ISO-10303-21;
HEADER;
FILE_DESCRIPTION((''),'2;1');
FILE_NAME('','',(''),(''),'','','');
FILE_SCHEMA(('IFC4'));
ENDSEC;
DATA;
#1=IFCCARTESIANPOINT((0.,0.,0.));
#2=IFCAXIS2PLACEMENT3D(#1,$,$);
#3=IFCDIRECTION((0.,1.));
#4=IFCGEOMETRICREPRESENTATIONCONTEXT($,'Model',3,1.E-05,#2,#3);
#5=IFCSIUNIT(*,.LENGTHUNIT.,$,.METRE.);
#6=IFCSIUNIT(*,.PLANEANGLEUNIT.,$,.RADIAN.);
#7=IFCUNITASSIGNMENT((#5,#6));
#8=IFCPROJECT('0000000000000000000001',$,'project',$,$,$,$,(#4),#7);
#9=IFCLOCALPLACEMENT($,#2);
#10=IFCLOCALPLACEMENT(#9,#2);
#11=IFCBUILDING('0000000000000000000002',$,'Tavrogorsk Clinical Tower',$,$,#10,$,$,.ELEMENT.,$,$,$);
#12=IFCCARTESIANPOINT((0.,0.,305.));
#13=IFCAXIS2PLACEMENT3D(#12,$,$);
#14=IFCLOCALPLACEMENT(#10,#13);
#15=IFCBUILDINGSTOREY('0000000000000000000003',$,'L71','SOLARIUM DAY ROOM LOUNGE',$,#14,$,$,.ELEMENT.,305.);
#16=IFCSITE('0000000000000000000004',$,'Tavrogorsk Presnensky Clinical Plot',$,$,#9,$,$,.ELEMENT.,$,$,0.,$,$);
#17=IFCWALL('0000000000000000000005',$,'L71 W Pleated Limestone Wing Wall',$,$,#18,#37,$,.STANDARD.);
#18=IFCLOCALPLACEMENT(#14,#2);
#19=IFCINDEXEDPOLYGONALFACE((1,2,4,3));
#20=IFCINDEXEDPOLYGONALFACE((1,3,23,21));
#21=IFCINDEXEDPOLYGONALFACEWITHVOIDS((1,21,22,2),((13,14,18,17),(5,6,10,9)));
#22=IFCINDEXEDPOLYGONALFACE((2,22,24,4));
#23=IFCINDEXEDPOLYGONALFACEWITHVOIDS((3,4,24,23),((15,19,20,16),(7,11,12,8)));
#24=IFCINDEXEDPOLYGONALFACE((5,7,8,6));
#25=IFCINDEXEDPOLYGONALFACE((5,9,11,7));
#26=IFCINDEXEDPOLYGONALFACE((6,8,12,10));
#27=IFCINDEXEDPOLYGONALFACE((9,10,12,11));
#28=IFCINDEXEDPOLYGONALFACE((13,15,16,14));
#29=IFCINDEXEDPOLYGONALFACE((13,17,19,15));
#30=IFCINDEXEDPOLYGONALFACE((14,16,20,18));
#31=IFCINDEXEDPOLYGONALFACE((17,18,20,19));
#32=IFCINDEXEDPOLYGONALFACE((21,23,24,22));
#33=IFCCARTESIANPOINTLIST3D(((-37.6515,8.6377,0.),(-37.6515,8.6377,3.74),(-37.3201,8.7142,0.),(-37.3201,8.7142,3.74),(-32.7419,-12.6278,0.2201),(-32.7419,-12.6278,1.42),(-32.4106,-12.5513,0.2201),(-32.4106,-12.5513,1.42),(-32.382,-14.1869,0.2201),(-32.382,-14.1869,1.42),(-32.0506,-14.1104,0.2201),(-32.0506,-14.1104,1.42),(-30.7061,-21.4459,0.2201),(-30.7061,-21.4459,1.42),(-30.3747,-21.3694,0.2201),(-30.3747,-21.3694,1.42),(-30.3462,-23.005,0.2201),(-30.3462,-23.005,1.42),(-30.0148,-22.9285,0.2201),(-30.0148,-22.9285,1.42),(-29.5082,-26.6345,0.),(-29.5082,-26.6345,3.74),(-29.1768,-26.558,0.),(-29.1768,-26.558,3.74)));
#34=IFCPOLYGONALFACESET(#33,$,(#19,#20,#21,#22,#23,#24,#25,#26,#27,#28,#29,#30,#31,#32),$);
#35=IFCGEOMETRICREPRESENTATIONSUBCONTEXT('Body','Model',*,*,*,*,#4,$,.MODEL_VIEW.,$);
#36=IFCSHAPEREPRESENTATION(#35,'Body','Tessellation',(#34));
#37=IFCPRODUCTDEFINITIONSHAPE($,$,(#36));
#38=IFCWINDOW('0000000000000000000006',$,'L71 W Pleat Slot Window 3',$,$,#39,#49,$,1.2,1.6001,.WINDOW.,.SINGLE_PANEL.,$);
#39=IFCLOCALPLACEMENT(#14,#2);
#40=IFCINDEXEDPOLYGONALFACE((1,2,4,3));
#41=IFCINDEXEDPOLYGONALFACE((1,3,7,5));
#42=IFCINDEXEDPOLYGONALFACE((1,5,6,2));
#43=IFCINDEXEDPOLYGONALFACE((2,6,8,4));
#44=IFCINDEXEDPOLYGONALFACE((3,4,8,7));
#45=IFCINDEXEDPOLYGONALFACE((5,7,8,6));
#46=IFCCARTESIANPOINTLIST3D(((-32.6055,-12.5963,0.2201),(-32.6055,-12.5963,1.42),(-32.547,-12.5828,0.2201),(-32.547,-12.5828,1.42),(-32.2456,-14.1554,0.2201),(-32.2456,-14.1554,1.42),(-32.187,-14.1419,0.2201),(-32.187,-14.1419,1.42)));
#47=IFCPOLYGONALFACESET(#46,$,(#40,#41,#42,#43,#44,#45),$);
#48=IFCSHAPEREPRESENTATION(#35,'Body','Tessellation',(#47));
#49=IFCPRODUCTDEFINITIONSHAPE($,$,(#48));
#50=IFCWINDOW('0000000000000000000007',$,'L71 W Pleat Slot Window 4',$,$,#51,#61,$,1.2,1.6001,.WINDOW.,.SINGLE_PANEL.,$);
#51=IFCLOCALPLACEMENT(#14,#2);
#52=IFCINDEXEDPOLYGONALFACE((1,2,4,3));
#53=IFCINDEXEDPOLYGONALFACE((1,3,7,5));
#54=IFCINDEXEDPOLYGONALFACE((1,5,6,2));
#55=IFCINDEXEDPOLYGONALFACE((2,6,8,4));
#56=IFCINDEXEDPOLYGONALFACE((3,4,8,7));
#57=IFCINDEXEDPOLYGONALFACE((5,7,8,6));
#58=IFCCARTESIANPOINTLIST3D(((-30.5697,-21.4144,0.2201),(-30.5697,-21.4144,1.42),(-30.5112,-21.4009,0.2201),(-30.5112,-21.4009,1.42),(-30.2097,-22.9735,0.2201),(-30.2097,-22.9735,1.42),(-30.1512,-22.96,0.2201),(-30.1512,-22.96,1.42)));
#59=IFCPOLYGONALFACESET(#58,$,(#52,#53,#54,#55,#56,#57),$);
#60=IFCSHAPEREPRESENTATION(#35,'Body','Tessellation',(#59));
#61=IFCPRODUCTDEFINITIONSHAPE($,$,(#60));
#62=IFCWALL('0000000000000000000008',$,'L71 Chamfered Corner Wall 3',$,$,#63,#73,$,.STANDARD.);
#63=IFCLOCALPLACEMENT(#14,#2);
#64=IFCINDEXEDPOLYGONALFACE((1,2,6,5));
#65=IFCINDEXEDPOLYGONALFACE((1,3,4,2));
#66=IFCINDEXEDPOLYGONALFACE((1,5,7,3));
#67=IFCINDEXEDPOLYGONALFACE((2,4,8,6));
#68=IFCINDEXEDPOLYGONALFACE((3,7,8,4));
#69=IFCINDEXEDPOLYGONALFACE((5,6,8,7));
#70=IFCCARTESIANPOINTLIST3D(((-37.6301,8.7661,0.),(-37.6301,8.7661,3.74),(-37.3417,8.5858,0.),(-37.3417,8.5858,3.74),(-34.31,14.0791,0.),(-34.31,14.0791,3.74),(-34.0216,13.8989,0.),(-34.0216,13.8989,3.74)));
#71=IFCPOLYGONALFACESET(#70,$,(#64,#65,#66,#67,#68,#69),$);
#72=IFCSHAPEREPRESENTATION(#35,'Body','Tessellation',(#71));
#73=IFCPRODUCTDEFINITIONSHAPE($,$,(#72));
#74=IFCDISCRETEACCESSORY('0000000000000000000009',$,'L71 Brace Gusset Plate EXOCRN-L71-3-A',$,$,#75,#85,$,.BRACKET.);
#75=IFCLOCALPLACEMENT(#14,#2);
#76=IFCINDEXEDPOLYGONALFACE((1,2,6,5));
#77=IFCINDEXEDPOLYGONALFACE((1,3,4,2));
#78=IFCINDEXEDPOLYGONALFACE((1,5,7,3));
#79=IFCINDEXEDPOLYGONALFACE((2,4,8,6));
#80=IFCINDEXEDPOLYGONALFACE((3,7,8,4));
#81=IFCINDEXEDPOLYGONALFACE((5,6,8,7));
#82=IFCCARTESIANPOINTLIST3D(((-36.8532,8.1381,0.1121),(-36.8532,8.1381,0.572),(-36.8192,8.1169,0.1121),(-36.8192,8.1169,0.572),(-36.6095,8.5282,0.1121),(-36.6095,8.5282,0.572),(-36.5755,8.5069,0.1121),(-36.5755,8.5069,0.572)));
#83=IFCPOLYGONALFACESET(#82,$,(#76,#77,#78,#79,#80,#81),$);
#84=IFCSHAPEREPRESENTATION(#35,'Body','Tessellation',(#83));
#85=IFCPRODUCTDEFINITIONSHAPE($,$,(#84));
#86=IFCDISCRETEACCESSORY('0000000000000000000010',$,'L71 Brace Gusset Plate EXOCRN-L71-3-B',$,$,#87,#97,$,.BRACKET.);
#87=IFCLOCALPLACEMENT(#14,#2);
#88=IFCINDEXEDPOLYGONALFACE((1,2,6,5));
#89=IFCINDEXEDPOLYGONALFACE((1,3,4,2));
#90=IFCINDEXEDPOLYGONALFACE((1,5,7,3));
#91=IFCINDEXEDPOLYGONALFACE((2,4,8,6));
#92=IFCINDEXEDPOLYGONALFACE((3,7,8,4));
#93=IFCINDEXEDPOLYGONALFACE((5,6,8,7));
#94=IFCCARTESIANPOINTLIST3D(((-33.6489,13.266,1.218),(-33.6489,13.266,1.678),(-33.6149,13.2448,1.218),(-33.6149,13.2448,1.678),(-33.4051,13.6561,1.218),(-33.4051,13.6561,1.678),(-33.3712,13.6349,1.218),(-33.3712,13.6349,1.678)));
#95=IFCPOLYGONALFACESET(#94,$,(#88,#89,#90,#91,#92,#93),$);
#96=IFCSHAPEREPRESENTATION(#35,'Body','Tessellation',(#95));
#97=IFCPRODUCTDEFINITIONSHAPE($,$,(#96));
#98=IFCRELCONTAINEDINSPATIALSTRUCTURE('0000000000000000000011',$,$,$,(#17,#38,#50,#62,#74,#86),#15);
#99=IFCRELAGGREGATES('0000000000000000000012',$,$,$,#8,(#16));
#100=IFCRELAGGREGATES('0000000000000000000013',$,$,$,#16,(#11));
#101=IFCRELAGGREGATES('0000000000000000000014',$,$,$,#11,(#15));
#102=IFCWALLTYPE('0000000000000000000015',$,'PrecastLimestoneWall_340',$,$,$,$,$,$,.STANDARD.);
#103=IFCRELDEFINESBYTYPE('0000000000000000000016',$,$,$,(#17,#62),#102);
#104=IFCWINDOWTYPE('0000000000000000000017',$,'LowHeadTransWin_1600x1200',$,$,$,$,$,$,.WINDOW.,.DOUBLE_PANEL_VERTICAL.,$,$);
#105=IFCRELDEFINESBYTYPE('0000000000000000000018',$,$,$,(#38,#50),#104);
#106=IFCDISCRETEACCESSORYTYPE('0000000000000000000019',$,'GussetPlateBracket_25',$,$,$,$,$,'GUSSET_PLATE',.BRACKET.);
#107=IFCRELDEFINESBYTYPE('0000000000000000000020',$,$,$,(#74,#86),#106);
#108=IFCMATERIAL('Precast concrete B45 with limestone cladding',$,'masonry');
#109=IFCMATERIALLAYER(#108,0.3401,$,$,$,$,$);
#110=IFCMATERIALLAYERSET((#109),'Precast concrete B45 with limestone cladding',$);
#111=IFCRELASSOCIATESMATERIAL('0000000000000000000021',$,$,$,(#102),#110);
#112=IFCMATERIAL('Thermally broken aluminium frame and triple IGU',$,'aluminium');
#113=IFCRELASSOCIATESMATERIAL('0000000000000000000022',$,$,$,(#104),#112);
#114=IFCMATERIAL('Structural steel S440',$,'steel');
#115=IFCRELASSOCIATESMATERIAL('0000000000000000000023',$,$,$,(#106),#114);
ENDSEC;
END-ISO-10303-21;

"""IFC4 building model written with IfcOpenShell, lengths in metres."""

from ifc_helpers import new_model, si_unit, direction, frame, frame_2d, origin, origin_2d, place, context, subcontext, project, spatial, rectangle, extrude, material, layer, layer_set, type_object, element, fill, save


model = new_model("IFC4")

# Units and contexts
model_context = context("Model", 3, precision=1e-05, world=origin(), true_north=direction((0.0, 1.0)))
body_context = subcontext(model_context, "Body", "Model", "MODEL_VIEW")
ifc_project = project(units=[si_unit("LENGTHUNIT", "METRE"), si_unit("PLANEANGLEUNIT", "RADIAN")], contexts=[model_context])

# Site, building, storey
site_placement = place(None, origin())
site = spatial("IfcSite", under=ifc_project, at=site_placement, Name="Tavrogorsk Presnensky Clinical Plot", CompositionType="ELEMENT", RefElevation=0.0)
building_placement = place(site_placement, origin())
building = spatial("IfcBuilding", under=site, at=building_placement, Name="Tavrogorsk Clinical Tower", CompositionType="ELEMENT")
storey_placement = place(building_placement, frame((0.0, 0.0, 305.0)))
storey = spatial("IfcBuildingStorey", under=building, at=storey_placement, Name="L71", Description="SOLARIUM DAY ROOM LOUNGE", CompositionType="ELEMENT", Elevation=305.0)

# Wall, openings, windows
ifc_material_1 = material(Name="Precast concrete B45 with limestone cladding", Category="masonry")
ifc_layer_1 = layer(ifc_material_1, 0.3401)
ifc_layer_set_1 = layer_set([ifc_layer_1], Name="Precast concrete B45 with limestone cladding")
wall_type_1 = type_object("IfcWallType", Name="PrecastLimestoneWall_340", PredefinedType="STANDARD", material=ifc_layer_set_1)
wall_1_placement = place(storey_placement, frame((-37.4858, 8.676, 0.0), z_axis=(0.0, 0.0, 1.0), x_axis=(0.224953, -0.97437, 0.0)))
wall_1 = element("IfcWall", 1, at=wall_1_placement, inside=storey, type_object=wall_type_1, Name="L71 W Pleated Limestone Wing Wall", PredefinedType="STANDARD", context=body_context, shape_type="SweptSolid", body=[
    extrude(rectangle(XDim=36.2, YDim=0.3401, at=frame_2d((18.1001, 0.0))), origin(), (0.0, 0.0, 1.0), 3.74),
])
opening_1_placement = place(wall_1_placement, frame((21.825, 0.0, 0.22)))
opening_1 = element("IfcOpeningElement", 2, at=opening_1_placement, cuts=wall_1, PredefinedType="OPENING", context=body_context, shape_type="SweptSolid", body=[
    extrude(rectangle(XDim=1.6001, YDim=1.2, at=frame_2d((0.8, 0.6001))), frame((0.0, 0.1799, 0.0), z_axis=(0.0, -1.0, 0.0), x_axis=(1.0, 0.0, 0.0)), (0.0, 0.0, 1.0), 0.3601),
])
opening_2_placement = place(wall_1_placement, frame((30.875, 0.0, 0.22)))
opening_2 = element("IfcOpeningElement", 3, at=opening_2_placement, cuts=wall_1, PredefinedType="OPENING", context=body_context, shape_type="SweptSolid", body=[
    extrude(rectangle(XDim=1.6001, YDim=1.2, at=frame_2d((0.8, 0.6001))), frame((0.0, 0.1799, 0.0), z_axis=(0.0, -1.0, 0.0), x_axis=(1.0, 0.0, 0.0)), (0.0, 0.0, 1.0), 0.3601),
])
ifc_material_2 = material(Name="Thermally broken aluminium frame and triple IGU", Category="aluminium")
window_type = type_object("IfcWindowType", Name="LowHeadTransWin_1600x1200", PartitioningType="DOUBLE_PANEL_VERTICAL", PredefinedType="WINDOW", material=ifc_material_2)
window_1_placement = place(opening_1_placement, origin())
window_1 = element("IfcWindow", 4, at=window_1_placement, inside=storey, type_object=window_type, Name="L71 W Pleat Slot Window 3", OverallHeight=1.2, OverallWidth=1.6001, PartitioningType="SINGLE_PANEL", PredefinedType="WINDOW", context=body_context, shape_type="SweptSolid", body=[
    extrude(rectangle(XDim=1.6001, YDim=1.2, at=frame_2d((0.8, 0.6001))), frame((0.0, 0.03, 0.0), z_axis=(0.0, -1.0, 0.0), x_axis=(1.0, 0.0, 0.0)), (0.0, 0.0, 1.0), 0.0601),
])
fill(opening_1, window_1)
window_2_placement = place(opening_2_placement, origin())
window_2 = element("IfcWindow", 5, at=window_2_placement, inside=storey, type_object=window_type, Name="L71 W Pleat Slot Window 4", OverallHeight=1.2, OverallWidth=1.6001, PartitioningType="SINGLE_PANEL", PredefinedType="WINDOW", context=body_context, shape_type="SweptSolid", body=[
    extrude(rectangle(XDim=1.6001, YDim=1.2, at=frame_2d((0.8, 0.6001))), frame((0.0, 0.03, 0.0), z_axis=(0.0, -1.0, 0.0), x_axis=(1.0, 0.0, 0.0)), (0.0, 0.0, 1.0), 0.0601),
])
fill(opening_2, window_2)

# Wall
wall_2_placement = place(storey_placement, frame((-34.1658, 13.989, 0.0), z_axis=(0.0, 0.0, 1.0), x_axis=(-0.529936, -0.848038, 0.0)))
element("IfcWall", 6, at=wall_2_placement, inside=storey, type_object=wall_type_1, Name="L71 Chamfered Corner Wall 3", PredefinedType="STANDARD", context=body_context, shape_type="SweptSolid", body=[
    extrude(rectangle(XDim=6.2651, YDim=0.3401, at=frame_2d((3.1326, 0.0))), origin(), (0.0, 0.0, 1.0), 3.74),
])

# Discrete accessories
ifc_material_3 = material(Name="Structural steel S440", Category="steel")
discrete_accessory_type = type_object("IfcDiscreteAccessoryType", Name="GussetPlateBracket_25", ElementType="GUSSET_PLATE", PredefinedType="BRACKET", material=ifc_material_3)
for number, where, z_axis, x_axis, name in (
    (7, (-36.7144, 8.3225, 0.1121), (0.0, 0.0, 1.0), (0.529919, 0.848048, 0.0), "L71 Brace Gusset Plate EXOCRN-L71-3-A"),
    (8, (-33.51, 13.4504, 1.218), (0.0, 0.0, 1.0), (0.529919, 0.848048, 0.0), "L71 Brace Gusset Plate EXOCRN-L71-3-B"),
):
    element("IfcDiscreteAccessory", number, at=place(storey_placement, frame(where, z_axis=z_axis, x_axis=x_axis)), inside=storey, type_object=discrete_accessory_type, Name=name, PredefinedType="BRACKET", context=body_context, shape_type="SweptSolid", body=[
        extrude(rectangle(XDim=0.46, YDim=0.04, at=origin_2d()), origin(), (0.0, 0.0, 1.0), 0.46),
    ])

save(model, "model.ifc")
